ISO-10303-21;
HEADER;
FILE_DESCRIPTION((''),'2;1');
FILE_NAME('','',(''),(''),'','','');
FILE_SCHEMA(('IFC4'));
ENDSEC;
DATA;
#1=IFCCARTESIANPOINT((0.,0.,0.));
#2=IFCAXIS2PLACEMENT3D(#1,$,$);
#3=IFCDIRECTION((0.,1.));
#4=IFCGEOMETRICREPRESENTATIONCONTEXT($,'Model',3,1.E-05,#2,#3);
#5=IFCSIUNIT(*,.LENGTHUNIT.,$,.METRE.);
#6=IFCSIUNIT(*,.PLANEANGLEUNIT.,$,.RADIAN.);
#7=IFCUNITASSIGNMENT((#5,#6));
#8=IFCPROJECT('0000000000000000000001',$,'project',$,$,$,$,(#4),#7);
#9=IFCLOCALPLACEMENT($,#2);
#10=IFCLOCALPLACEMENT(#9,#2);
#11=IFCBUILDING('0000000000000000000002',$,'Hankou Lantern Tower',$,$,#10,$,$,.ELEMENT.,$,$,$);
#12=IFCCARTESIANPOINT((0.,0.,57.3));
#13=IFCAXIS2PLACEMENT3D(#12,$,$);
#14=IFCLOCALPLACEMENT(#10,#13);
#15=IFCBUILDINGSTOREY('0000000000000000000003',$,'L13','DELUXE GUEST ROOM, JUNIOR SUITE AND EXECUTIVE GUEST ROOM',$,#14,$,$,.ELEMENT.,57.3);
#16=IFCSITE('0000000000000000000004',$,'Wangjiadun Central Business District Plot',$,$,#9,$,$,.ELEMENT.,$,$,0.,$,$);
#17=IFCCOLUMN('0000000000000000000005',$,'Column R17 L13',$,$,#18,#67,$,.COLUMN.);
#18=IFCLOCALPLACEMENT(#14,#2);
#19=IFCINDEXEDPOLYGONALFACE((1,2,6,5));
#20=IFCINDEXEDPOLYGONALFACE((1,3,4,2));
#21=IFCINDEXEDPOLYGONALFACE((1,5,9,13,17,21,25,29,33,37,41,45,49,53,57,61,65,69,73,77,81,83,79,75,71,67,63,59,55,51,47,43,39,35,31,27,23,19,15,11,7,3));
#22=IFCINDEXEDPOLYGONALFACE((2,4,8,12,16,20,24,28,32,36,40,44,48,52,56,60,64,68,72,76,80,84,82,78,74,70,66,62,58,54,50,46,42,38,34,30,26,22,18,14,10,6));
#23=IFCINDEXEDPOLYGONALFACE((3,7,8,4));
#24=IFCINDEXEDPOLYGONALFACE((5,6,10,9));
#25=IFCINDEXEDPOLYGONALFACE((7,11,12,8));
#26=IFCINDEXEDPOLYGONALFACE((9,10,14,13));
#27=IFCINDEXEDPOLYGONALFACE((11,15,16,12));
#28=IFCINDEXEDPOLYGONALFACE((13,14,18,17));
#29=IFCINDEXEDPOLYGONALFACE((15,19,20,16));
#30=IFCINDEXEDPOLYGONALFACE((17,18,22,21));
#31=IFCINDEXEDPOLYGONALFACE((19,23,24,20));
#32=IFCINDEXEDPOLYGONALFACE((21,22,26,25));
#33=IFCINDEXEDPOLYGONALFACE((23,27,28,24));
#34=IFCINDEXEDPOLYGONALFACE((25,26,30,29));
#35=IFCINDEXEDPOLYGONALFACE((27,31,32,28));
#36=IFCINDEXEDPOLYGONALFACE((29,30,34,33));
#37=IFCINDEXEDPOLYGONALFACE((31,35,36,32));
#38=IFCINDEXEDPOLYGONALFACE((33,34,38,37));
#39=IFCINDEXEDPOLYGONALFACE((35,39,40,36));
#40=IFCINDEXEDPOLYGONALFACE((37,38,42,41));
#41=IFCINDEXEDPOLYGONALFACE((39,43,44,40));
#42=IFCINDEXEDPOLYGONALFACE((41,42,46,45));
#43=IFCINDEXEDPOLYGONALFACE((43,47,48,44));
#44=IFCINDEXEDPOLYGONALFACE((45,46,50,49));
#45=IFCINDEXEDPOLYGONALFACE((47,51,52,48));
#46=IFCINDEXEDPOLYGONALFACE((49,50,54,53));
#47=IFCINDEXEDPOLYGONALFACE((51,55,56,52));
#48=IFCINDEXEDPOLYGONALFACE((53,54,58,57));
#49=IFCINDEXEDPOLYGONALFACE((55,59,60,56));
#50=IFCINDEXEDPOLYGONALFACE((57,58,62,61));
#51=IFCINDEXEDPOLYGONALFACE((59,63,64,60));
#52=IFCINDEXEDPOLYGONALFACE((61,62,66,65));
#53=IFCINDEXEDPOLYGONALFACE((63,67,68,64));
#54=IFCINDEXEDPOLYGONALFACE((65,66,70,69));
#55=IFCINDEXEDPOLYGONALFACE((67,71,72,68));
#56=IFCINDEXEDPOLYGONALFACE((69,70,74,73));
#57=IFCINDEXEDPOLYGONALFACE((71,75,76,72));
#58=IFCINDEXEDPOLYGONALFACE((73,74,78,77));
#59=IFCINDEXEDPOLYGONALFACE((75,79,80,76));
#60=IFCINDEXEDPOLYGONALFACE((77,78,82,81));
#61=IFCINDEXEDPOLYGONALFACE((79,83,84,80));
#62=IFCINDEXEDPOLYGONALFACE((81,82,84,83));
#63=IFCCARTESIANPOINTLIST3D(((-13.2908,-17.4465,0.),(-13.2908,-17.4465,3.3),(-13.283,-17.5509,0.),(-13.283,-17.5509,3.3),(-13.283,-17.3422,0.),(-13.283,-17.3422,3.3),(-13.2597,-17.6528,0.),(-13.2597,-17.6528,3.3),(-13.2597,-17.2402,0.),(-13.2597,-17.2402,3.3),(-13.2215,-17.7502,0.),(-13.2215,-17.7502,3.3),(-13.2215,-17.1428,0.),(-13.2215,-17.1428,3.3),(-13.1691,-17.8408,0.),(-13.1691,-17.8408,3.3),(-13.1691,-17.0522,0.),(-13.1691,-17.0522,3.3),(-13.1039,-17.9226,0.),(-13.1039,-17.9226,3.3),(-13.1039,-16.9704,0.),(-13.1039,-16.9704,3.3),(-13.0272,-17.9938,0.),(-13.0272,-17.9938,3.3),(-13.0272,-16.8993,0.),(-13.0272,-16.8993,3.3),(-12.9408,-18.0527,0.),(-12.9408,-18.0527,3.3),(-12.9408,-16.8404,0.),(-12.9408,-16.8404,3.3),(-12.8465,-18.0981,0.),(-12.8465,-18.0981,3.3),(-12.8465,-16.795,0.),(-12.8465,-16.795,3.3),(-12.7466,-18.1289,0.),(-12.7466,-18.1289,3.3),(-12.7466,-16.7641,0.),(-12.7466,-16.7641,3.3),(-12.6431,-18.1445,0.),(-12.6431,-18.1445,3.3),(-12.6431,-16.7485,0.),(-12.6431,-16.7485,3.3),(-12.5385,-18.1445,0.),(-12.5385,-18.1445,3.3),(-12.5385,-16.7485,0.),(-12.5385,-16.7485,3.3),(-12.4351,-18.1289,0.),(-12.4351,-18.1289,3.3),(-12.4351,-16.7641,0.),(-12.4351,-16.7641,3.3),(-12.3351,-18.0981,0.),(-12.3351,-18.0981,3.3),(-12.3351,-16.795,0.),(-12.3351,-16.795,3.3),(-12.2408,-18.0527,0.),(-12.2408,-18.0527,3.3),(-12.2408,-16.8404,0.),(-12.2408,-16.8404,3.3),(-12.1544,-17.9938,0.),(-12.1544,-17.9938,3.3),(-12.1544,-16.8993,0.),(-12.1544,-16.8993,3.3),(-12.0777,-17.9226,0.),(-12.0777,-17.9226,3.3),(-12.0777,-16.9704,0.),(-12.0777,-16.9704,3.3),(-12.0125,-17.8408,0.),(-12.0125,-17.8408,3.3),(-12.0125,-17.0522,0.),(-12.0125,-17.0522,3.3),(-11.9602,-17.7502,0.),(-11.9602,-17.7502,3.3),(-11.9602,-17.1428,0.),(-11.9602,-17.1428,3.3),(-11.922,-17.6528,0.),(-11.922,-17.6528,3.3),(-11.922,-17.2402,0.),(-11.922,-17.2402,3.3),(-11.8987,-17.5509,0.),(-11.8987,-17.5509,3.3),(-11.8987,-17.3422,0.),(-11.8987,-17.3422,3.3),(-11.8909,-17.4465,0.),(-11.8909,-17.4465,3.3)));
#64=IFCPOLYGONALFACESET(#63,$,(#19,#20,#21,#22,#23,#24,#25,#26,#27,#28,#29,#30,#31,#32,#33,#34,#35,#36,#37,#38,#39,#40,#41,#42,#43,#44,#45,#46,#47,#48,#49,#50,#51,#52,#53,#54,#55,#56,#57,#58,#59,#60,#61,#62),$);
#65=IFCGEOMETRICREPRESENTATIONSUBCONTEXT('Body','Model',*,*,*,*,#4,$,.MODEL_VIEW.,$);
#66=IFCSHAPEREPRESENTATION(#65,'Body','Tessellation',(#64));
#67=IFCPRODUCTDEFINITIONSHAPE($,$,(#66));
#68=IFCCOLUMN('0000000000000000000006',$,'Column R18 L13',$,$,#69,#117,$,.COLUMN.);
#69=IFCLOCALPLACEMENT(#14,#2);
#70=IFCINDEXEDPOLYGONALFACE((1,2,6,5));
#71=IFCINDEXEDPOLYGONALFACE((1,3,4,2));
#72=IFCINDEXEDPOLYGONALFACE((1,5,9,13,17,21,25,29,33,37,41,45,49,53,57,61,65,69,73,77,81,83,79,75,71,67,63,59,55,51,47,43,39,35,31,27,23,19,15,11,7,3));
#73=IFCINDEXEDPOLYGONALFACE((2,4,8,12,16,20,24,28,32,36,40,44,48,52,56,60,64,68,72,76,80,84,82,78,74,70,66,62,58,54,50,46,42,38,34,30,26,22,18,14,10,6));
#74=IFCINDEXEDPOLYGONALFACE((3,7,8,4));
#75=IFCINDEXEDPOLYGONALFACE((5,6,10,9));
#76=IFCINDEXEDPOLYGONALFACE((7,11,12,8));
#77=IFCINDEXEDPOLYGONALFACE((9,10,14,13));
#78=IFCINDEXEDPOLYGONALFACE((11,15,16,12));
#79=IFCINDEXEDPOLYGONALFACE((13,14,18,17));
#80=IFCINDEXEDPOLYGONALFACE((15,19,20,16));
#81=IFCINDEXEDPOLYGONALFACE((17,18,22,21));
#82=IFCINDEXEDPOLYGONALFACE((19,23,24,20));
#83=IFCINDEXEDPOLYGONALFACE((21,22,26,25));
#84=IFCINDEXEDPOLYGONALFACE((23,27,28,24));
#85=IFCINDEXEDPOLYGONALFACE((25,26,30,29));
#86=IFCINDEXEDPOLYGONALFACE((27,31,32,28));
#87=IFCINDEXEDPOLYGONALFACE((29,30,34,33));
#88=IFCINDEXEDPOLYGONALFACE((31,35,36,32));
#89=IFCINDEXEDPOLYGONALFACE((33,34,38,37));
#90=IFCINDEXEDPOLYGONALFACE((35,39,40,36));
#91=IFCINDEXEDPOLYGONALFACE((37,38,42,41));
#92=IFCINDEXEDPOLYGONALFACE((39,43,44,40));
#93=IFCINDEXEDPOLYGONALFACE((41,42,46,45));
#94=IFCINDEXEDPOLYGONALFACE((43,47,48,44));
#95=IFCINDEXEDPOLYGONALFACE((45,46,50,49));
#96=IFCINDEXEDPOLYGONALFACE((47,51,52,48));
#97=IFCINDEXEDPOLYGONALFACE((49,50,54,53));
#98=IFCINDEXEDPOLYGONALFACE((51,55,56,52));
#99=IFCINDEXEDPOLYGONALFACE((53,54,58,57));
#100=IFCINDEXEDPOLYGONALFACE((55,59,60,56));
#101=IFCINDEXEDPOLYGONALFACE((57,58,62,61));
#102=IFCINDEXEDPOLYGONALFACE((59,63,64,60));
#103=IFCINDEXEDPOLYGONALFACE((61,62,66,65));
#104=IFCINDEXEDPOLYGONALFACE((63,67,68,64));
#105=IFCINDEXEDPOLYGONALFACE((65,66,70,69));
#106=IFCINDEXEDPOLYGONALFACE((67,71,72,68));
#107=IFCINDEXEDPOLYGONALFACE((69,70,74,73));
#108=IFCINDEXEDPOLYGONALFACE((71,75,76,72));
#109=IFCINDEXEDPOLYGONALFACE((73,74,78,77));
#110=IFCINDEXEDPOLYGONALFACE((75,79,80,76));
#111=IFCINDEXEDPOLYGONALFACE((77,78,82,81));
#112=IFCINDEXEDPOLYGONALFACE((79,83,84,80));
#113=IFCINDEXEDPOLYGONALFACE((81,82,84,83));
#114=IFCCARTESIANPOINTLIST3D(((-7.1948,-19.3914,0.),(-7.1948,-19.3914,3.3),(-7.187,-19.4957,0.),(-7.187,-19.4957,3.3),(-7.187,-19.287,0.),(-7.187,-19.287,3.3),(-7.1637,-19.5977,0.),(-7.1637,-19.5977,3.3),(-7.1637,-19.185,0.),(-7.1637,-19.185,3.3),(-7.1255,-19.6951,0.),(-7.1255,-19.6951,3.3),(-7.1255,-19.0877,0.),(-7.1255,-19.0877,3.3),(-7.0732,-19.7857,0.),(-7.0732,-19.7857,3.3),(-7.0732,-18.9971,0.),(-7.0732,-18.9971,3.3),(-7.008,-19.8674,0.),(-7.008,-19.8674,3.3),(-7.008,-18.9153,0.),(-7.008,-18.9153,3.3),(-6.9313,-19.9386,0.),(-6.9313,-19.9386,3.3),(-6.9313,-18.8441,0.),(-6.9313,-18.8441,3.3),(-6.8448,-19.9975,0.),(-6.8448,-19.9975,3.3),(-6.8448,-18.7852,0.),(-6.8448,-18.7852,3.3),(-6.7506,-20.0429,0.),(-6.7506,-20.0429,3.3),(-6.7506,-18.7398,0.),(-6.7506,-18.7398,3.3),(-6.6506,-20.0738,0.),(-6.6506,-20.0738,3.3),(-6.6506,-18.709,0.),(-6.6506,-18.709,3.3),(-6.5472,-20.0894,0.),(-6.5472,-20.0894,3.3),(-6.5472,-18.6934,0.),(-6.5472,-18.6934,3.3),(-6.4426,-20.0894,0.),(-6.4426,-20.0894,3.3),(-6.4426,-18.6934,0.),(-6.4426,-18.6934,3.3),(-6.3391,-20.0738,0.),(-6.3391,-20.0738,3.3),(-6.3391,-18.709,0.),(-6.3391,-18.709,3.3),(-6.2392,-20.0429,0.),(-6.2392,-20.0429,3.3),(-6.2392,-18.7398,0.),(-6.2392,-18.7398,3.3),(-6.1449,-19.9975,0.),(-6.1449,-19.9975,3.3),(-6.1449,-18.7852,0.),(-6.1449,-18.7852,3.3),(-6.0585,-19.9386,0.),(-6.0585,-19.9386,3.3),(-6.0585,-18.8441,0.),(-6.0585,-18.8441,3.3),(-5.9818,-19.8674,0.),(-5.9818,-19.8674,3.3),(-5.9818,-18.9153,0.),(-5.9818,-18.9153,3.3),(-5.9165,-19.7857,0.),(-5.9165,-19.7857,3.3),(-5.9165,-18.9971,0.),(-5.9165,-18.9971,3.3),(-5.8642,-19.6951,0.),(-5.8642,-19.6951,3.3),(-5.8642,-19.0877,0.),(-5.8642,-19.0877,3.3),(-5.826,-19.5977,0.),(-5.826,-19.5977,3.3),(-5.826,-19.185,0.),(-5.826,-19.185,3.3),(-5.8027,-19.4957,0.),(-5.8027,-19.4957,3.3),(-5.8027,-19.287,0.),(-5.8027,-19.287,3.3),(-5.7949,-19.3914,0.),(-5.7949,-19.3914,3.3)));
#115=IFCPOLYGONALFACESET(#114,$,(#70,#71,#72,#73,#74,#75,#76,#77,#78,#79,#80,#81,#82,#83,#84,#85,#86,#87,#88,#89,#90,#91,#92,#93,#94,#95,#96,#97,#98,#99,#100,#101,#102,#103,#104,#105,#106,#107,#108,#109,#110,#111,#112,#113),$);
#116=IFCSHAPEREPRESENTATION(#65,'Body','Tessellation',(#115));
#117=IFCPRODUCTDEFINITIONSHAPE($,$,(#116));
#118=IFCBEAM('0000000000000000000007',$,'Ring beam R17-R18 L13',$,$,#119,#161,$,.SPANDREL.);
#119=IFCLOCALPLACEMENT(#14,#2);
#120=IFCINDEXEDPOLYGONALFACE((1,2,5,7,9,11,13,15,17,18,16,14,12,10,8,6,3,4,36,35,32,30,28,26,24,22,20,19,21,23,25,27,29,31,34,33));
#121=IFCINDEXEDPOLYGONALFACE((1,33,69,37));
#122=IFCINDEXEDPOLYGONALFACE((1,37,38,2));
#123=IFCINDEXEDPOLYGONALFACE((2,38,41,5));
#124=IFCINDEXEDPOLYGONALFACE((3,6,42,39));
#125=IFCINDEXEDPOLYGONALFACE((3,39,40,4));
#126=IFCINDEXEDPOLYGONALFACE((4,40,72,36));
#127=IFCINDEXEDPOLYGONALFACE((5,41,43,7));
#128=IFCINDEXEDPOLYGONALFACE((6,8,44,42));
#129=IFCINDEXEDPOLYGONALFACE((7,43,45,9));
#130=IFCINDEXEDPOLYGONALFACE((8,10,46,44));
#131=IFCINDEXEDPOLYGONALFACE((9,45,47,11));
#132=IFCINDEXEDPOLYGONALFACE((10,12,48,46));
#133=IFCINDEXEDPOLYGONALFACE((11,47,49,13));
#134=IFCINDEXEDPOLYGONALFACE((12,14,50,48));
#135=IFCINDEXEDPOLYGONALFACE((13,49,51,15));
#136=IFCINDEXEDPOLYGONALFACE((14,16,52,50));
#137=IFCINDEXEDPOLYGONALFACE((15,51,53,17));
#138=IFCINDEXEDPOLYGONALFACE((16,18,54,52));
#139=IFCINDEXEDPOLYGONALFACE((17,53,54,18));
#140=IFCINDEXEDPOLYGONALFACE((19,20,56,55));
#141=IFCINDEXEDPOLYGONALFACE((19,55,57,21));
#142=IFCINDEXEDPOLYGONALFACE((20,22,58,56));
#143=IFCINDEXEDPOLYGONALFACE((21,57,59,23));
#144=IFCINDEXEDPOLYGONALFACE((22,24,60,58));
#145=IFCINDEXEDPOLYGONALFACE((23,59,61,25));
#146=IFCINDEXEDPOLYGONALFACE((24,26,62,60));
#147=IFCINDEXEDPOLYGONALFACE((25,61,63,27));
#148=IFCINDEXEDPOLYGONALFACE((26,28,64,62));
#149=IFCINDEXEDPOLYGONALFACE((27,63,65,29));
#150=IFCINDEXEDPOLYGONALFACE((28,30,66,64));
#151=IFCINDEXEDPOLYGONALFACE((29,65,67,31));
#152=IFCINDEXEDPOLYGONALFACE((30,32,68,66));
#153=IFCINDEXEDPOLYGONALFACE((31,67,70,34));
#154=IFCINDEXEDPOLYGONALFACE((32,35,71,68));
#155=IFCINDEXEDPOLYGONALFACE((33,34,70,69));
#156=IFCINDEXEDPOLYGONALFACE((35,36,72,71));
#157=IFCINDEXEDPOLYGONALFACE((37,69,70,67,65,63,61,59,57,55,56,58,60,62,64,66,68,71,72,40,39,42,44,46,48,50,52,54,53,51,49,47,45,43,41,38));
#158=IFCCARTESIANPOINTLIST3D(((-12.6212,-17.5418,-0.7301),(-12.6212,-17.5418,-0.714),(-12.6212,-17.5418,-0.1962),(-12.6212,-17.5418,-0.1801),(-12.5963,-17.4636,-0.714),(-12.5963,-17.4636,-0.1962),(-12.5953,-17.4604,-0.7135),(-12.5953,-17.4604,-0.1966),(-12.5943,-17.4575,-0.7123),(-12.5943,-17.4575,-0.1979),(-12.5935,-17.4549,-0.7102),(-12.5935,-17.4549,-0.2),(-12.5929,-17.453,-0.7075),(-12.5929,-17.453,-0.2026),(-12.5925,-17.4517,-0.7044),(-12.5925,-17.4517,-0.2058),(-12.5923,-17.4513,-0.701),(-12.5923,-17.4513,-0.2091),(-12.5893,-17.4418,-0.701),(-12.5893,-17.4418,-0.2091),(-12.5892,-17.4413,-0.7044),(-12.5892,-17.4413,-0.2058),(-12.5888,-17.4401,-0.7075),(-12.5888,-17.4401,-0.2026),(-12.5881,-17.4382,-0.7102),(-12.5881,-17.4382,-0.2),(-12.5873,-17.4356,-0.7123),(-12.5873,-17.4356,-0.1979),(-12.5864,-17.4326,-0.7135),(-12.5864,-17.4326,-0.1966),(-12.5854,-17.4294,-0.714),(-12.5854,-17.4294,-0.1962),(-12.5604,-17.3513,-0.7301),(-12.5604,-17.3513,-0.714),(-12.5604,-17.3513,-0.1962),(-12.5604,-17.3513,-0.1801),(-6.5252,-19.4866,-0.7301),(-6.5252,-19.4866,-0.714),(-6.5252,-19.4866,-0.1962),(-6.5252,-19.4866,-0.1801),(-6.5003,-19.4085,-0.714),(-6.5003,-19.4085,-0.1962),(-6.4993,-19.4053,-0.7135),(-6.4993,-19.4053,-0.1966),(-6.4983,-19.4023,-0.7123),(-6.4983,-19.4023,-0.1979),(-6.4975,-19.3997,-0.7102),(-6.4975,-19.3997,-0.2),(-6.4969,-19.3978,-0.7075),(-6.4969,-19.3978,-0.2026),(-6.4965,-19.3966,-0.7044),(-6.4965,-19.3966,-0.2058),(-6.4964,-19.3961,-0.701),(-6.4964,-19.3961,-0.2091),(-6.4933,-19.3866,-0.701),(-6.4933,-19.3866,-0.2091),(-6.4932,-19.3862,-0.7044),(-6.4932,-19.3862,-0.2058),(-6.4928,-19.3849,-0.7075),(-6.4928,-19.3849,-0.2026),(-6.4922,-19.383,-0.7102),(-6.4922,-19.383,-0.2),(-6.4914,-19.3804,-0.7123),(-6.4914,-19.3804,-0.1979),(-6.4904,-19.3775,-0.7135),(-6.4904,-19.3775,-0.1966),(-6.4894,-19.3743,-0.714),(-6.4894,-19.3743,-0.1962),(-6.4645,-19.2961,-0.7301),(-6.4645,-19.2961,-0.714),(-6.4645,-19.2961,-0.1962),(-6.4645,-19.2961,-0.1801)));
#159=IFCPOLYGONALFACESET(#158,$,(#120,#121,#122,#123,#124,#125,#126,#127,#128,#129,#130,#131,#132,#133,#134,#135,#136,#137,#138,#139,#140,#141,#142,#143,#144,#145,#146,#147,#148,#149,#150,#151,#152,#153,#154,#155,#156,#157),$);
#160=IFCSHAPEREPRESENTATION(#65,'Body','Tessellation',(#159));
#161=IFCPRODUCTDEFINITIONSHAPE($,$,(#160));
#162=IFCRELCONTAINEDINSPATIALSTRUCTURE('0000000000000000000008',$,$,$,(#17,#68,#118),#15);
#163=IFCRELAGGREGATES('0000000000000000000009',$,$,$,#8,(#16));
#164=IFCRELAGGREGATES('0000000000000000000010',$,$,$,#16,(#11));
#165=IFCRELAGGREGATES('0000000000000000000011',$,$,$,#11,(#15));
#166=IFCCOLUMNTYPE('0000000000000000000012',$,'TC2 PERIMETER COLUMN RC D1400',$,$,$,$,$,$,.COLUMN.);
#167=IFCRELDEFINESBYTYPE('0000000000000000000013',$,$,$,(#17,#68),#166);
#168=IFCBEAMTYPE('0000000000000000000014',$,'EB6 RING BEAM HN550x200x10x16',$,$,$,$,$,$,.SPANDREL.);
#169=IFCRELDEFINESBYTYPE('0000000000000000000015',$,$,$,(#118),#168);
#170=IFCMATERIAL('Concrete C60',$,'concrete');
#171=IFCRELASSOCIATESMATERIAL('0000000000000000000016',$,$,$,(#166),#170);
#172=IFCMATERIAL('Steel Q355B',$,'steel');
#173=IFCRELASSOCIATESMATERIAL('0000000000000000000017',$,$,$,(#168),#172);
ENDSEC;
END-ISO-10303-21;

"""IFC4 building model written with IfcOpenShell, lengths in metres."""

from ifc_helpers import new_model, si_unit, direction, frame, origin, origin_2d, place, context, subcontext, project, spatial, circle, i_section, extrude, material, material_profile, profile_set, type_object, element, save


model = new_model("IFC4")

# Units and contexts
model_context = context("Model", 3, precision=1e-05, world=origin(), true_north=direction((0.0, 1.0)))
body_context = subcontext(model_context, "Body", "Model", "MODEL_VIEW")
ifc_project = project(units=[si_unit("LENGTHUNIT", "METRE"), si_unit("PLANEANGLEUNIT", "RADIAN")], contexts=[model_context])

# Site, building, storey
site_placement = place(None, origin())
site = spatial("IfcSite", under=ifc_project, at=site_placement, Name="Wangjiadun Central Business District Plot", CompositionType="ELEMENT", RefElevation=0.0)
building_placement = place(site_placement, origin())
building = spatial("IfcBuilding", under=site, at=building_placement, Name="Hankou Lantern Tower", CompositionType="ELEMENT")
storey_placement = place(building_placement, frame((0.0, 0.0, 57.3)))
storey = spatial("IfcBuildingStorey", under=building, at=storey_placement, Name="L13", Description="DELUXE GUEST ROOM, JUNIOR SUITE AND EXECUTIVE GUEST ROOM", CompositionType="ELEMENT", Elevation=57.3)

# Columns
ifc_material_1 = material(Name="Concrete C60", Category="concrete")
ifc_material_profile_1 = material_profile(ifc_material_1, circle(Radius=0.7, at=origin_2d()), Name="RC D1400")
ifc_profile_set_1 = profile_set([ifc_material_profile_1], Name="Concrete C60")
column_type = type_object("IfcColumnType", Name="TC2 PERIMETER COLUMN RC D1400", PredefinedType="COLUMN", material=ifc_profile_set_1)
for number, where, z_axis, x_axis, name in (
    (1, (-12.5908, -17.4465, 0.0), (0.0, 0.0, 1.0), (1.0, 0.0, 0.0), "Column R17 L13"),
    (2, (-6.4949, -19.3914, 0.0), (0.0, 0.0, 1.0), (1.0, 0.0, 0.0), "Column R18 L13"),
):
    element("IfcColumn", number, at=place(storey_placement, frame(where, z_axis=z_axis, x_axis=x_axis)), inside=storey, type_object=column_type, Name=name, PredefinedType="COLUMN", context=body_context, shape_type="SweptSolid", body=[
        extrude(circle(Radius=0.7, at=origin_2d()), origin(), (0.0, 0.0, 1.0), 3.3),
    ])

# Beam
ifc_material_2 = material(Name="Steel Q355B", Category="steel")
ifc_material_profile_2 = material_profile(ifc_material_2, i_section(OverallWidth=0.2, OverallDepth=0.55, WebThickness=0.01, FlangeThickness=0.0161, FilletRadius=0.0129, at=origin_2d()), Name="HN550x200x10x16")
ifc_profile_set_2 = profile_set([ifc_material_profile_2], Name="Steel Q355B")
beam_type_1 = type_object("IfcBeamType", Name="EB6 RING BEAM HN550x200x10x16", PredefinedType="SPANDREL", material=ifc_profile_set_2)
beam_1_placement = place(storey_placement, frame((-12.5908, -17.4465, -0.4551), z_axis=(0.95269, -0.303942, 0.0), x_axis=(0.303942, 0.95269, 0.0)))
element("IfcBeam", 3, at=beam_1_placement, inside=storey, type_object=beam_type_1, Name="Ring beam R17-R18 L13", PredefinedType="SPANDREL", context=body_context, shape_type="SweptSolid", body=[
    extrude(i_section(OverallWidth=0.2, OverallDepth=0.55, WebThickness=0.01, FlangeThickness=0.0161, FilletRadius=0.0129, at=origin_2d()), origin(), (0.0, 0.0, 1.0), 6.3987),
])

save(model, "model.ifc")
